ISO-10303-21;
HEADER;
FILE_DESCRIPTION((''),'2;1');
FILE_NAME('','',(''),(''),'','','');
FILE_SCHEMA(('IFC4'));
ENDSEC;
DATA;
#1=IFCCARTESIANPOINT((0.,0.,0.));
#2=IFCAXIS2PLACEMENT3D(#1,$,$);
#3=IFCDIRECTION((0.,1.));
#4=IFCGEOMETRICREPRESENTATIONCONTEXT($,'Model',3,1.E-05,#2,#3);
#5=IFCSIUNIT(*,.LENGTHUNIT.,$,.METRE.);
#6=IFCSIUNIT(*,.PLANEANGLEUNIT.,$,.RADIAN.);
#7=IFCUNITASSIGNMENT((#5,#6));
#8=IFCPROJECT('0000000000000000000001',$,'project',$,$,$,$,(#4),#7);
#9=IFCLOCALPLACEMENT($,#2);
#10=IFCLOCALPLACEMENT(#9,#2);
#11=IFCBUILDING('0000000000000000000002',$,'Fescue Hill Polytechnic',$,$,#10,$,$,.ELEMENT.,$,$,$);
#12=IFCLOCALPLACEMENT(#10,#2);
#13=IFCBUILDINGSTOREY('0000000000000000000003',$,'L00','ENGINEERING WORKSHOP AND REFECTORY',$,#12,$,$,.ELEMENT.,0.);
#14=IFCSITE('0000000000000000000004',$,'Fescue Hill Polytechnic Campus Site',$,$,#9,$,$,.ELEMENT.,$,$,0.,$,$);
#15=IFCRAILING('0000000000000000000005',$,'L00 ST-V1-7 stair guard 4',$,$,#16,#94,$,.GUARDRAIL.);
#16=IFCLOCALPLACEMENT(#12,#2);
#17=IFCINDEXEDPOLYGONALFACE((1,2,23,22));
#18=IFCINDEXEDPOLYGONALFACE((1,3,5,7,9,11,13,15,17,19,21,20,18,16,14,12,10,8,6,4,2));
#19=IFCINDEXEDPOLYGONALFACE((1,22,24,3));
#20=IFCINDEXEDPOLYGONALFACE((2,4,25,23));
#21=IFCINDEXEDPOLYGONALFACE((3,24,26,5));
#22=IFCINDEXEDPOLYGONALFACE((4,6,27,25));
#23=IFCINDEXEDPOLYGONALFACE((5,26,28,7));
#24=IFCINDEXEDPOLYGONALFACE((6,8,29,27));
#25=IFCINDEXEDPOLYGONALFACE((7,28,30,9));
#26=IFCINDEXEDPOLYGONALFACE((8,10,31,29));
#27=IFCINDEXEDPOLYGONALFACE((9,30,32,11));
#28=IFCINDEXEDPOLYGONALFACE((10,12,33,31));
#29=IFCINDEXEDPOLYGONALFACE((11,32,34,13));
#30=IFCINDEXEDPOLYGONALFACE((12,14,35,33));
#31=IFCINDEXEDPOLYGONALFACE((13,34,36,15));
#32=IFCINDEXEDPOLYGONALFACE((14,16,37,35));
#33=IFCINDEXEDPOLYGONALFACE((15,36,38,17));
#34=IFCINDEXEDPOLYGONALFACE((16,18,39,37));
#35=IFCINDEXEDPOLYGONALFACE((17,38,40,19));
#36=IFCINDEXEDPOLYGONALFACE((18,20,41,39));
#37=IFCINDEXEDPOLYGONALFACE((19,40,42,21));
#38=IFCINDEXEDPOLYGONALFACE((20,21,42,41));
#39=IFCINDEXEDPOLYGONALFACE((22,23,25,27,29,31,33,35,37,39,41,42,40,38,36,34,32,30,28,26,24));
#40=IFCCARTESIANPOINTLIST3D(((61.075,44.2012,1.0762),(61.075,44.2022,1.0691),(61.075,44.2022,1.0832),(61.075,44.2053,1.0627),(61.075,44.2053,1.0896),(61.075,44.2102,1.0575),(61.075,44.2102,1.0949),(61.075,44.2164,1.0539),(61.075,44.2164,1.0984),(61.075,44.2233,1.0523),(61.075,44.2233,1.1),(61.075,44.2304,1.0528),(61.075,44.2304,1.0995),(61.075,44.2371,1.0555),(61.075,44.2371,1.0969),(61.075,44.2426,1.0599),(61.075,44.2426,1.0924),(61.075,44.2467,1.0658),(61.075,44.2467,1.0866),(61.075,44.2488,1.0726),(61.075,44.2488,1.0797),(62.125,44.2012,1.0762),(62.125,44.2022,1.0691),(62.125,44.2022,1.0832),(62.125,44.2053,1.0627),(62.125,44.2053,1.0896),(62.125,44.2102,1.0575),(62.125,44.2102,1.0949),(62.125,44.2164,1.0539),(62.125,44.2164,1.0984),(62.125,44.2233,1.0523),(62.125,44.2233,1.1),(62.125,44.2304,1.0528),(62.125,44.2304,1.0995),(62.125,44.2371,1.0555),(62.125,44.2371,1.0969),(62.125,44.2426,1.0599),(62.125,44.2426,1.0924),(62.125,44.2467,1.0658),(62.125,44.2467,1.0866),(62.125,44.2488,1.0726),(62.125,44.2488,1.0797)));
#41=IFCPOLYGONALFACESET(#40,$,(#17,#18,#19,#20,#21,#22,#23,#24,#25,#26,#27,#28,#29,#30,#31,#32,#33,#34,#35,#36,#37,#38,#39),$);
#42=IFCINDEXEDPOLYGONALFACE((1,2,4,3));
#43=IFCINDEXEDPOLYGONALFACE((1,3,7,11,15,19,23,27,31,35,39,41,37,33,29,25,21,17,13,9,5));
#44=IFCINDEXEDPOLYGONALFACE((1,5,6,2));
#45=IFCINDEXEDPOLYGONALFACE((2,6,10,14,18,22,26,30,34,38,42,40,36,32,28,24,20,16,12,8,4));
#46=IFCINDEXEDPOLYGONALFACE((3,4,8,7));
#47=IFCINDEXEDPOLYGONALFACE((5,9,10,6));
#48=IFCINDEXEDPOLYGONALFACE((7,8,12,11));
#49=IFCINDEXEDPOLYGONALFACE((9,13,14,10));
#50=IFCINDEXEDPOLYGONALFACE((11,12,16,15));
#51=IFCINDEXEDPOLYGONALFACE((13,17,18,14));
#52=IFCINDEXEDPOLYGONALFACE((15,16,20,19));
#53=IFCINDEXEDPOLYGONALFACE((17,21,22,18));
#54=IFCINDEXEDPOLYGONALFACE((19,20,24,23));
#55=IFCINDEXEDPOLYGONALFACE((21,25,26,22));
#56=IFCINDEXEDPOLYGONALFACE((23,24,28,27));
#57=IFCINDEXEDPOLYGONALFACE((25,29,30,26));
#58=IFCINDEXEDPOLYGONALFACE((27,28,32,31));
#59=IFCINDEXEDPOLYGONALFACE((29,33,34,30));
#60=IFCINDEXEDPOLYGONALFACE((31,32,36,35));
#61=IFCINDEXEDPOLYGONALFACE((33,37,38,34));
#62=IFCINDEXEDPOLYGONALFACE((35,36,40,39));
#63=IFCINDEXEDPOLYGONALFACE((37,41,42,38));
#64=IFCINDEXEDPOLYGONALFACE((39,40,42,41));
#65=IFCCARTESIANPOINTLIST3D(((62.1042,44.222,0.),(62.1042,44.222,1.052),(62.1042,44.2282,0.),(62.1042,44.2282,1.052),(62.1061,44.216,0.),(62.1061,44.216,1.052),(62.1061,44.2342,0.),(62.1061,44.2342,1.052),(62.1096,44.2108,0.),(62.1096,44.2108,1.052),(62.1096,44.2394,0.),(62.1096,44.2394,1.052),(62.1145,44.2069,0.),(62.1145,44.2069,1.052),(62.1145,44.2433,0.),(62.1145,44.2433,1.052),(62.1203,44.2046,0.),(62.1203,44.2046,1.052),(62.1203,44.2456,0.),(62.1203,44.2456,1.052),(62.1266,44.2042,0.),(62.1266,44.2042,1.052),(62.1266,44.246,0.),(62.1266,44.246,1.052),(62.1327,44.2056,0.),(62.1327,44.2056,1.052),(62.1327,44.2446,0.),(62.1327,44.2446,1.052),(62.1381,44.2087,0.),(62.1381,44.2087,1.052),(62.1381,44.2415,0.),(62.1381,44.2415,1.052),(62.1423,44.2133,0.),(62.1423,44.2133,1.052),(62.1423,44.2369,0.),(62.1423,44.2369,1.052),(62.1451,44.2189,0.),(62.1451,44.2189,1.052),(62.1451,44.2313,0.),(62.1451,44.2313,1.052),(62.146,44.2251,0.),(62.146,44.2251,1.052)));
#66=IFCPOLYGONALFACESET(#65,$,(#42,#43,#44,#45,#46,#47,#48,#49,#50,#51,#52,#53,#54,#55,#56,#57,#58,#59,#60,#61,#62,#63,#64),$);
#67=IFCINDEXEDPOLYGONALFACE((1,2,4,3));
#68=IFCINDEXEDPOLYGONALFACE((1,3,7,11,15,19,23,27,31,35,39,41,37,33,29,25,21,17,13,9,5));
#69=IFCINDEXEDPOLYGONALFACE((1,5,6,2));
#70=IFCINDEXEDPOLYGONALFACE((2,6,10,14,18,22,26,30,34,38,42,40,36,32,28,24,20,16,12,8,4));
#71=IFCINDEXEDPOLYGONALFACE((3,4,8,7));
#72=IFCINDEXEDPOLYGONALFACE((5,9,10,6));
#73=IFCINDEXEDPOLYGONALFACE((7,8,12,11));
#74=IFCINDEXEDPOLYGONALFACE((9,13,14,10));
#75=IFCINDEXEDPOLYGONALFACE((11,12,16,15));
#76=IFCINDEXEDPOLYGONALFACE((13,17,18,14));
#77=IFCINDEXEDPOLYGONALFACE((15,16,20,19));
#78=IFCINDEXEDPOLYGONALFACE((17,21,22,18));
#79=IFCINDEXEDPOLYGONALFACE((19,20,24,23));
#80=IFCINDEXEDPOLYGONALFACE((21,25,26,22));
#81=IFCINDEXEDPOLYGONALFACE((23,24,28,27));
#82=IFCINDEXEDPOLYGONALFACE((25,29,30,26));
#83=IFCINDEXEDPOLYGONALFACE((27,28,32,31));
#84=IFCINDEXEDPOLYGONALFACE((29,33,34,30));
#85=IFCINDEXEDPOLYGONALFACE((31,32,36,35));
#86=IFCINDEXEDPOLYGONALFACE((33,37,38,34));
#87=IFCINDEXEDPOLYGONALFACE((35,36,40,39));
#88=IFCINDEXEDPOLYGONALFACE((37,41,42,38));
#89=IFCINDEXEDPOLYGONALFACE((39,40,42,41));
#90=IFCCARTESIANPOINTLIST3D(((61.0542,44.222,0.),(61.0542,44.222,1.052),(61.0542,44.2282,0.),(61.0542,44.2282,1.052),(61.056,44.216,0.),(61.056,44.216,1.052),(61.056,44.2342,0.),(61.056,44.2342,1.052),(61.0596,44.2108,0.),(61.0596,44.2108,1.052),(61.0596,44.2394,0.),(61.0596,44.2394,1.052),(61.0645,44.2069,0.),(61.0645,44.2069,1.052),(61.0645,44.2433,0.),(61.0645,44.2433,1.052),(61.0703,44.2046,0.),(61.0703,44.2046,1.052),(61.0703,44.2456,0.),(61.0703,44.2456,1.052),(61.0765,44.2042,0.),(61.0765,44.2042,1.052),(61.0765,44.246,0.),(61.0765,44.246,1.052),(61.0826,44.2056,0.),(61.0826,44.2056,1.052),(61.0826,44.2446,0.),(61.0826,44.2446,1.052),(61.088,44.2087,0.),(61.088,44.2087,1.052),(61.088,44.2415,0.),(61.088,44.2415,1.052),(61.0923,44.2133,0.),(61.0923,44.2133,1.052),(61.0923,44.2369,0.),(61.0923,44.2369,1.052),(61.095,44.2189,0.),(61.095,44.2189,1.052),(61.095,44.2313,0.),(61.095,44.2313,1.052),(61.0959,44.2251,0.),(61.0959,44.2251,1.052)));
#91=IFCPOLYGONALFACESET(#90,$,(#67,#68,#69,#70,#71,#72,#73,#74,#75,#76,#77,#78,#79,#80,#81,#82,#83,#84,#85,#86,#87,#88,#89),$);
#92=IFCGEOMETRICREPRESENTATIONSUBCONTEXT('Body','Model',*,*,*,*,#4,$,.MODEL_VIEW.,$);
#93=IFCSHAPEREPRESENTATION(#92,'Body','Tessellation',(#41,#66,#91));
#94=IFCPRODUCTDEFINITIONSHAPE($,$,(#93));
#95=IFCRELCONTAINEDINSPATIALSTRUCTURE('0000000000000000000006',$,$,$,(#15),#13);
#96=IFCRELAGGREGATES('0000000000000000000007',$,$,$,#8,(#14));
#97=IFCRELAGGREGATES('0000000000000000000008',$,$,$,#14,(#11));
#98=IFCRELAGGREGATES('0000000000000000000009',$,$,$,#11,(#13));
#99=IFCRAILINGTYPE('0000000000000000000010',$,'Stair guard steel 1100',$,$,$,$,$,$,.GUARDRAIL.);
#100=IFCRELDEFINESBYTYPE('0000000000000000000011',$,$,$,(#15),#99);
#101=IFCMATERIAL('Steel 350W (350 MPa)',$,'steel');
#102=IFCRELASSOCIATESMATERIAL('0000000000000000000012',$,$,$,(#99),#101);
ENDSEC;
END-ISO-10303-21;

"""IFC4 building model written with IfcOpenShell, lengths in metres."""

from ifc_helpers import new_model, si_unit, direction, frame, origin, origin_2d, place, context, subcontext, project, spatial, circle, extrude, material, type_object, element, save


model = new_model("IFC4")

# Units and contexts
model_context = context("Model", 3, precision=1e-05, world=origin(), true_north=direction((0.0, 1.0)))
body_context = subcontext(model_context, "Body", "Model", "MODEL_VIEW")
ifc_project = project(units=[si_unit("LENGTHUNIT", "METRE"), si_unit("PLANEANGLEUNIT", "RADIAN")], contexts=[model_context])

# Site, building, storey
site_placement = place(None, origin())
site = spatial("IfcSite", under=ifc_project, at=site_placement, Name="Fescue Hill Polytechnic Campus Site", CompositionType="ELEMENT", RefElevation=0.0)
building_placement = place(site_placement, origin())
building = spatial("IfcBuilding", under=site, at=building_placement, Name="Fescue Hill Polytechnic", CompositionType="ELEMENT")
storey_placement = place(building_placement, origin())
storey = spatial("IfcBuildingStorey", under=building, at=storey_placement, Name="L00", Description="ENGINEERING WORKSHOP AND REFECTORY", CompositionType="ELEMENT", Elevation=0.0)

# Railing
ifc_material_1 = material(Name="Steel 350W (350 MPa)", Category="steel")
railing_type_1 = type_object("IfcRailingType", Name="Stair guard steel 1100", PredefinedType="GUARDRAIL", material=ifc_material_1)
railing_1_placement = place(storey_placement, frame((62.125, 44.2251, 0.0)))
element("IfcRailing", 1, at=railing_1_placement, inside=storey, type_object=railing_type_1, Name="L00 ST-V1-7 stair guard 4", PredefinedType="GUARDRAIL", context=body_context, shape_type="SweptSolid", body=[
    extrude(circle(Radius=0.0239, at=origin_2d()), frame((0.0, 0.0, 1.0762), z_axis=(-1.0, 0.0, 0.0), x_axis=(0.0, -1.0, 0.0)), (0.0, 0.0, 1.0), 1.05),
    extrude(circle(Radius=0.021, at=origin_2d()), origin(), (0.0, 0.0, 1.0), 1.052),
    extrude(circle(Radius=0.021, at=origin_2d()), frame((-1.05, 0.0, 0.0)), (0.0, 0.0, 1.0), 1.052),
])

save(model, "model.ifc")
